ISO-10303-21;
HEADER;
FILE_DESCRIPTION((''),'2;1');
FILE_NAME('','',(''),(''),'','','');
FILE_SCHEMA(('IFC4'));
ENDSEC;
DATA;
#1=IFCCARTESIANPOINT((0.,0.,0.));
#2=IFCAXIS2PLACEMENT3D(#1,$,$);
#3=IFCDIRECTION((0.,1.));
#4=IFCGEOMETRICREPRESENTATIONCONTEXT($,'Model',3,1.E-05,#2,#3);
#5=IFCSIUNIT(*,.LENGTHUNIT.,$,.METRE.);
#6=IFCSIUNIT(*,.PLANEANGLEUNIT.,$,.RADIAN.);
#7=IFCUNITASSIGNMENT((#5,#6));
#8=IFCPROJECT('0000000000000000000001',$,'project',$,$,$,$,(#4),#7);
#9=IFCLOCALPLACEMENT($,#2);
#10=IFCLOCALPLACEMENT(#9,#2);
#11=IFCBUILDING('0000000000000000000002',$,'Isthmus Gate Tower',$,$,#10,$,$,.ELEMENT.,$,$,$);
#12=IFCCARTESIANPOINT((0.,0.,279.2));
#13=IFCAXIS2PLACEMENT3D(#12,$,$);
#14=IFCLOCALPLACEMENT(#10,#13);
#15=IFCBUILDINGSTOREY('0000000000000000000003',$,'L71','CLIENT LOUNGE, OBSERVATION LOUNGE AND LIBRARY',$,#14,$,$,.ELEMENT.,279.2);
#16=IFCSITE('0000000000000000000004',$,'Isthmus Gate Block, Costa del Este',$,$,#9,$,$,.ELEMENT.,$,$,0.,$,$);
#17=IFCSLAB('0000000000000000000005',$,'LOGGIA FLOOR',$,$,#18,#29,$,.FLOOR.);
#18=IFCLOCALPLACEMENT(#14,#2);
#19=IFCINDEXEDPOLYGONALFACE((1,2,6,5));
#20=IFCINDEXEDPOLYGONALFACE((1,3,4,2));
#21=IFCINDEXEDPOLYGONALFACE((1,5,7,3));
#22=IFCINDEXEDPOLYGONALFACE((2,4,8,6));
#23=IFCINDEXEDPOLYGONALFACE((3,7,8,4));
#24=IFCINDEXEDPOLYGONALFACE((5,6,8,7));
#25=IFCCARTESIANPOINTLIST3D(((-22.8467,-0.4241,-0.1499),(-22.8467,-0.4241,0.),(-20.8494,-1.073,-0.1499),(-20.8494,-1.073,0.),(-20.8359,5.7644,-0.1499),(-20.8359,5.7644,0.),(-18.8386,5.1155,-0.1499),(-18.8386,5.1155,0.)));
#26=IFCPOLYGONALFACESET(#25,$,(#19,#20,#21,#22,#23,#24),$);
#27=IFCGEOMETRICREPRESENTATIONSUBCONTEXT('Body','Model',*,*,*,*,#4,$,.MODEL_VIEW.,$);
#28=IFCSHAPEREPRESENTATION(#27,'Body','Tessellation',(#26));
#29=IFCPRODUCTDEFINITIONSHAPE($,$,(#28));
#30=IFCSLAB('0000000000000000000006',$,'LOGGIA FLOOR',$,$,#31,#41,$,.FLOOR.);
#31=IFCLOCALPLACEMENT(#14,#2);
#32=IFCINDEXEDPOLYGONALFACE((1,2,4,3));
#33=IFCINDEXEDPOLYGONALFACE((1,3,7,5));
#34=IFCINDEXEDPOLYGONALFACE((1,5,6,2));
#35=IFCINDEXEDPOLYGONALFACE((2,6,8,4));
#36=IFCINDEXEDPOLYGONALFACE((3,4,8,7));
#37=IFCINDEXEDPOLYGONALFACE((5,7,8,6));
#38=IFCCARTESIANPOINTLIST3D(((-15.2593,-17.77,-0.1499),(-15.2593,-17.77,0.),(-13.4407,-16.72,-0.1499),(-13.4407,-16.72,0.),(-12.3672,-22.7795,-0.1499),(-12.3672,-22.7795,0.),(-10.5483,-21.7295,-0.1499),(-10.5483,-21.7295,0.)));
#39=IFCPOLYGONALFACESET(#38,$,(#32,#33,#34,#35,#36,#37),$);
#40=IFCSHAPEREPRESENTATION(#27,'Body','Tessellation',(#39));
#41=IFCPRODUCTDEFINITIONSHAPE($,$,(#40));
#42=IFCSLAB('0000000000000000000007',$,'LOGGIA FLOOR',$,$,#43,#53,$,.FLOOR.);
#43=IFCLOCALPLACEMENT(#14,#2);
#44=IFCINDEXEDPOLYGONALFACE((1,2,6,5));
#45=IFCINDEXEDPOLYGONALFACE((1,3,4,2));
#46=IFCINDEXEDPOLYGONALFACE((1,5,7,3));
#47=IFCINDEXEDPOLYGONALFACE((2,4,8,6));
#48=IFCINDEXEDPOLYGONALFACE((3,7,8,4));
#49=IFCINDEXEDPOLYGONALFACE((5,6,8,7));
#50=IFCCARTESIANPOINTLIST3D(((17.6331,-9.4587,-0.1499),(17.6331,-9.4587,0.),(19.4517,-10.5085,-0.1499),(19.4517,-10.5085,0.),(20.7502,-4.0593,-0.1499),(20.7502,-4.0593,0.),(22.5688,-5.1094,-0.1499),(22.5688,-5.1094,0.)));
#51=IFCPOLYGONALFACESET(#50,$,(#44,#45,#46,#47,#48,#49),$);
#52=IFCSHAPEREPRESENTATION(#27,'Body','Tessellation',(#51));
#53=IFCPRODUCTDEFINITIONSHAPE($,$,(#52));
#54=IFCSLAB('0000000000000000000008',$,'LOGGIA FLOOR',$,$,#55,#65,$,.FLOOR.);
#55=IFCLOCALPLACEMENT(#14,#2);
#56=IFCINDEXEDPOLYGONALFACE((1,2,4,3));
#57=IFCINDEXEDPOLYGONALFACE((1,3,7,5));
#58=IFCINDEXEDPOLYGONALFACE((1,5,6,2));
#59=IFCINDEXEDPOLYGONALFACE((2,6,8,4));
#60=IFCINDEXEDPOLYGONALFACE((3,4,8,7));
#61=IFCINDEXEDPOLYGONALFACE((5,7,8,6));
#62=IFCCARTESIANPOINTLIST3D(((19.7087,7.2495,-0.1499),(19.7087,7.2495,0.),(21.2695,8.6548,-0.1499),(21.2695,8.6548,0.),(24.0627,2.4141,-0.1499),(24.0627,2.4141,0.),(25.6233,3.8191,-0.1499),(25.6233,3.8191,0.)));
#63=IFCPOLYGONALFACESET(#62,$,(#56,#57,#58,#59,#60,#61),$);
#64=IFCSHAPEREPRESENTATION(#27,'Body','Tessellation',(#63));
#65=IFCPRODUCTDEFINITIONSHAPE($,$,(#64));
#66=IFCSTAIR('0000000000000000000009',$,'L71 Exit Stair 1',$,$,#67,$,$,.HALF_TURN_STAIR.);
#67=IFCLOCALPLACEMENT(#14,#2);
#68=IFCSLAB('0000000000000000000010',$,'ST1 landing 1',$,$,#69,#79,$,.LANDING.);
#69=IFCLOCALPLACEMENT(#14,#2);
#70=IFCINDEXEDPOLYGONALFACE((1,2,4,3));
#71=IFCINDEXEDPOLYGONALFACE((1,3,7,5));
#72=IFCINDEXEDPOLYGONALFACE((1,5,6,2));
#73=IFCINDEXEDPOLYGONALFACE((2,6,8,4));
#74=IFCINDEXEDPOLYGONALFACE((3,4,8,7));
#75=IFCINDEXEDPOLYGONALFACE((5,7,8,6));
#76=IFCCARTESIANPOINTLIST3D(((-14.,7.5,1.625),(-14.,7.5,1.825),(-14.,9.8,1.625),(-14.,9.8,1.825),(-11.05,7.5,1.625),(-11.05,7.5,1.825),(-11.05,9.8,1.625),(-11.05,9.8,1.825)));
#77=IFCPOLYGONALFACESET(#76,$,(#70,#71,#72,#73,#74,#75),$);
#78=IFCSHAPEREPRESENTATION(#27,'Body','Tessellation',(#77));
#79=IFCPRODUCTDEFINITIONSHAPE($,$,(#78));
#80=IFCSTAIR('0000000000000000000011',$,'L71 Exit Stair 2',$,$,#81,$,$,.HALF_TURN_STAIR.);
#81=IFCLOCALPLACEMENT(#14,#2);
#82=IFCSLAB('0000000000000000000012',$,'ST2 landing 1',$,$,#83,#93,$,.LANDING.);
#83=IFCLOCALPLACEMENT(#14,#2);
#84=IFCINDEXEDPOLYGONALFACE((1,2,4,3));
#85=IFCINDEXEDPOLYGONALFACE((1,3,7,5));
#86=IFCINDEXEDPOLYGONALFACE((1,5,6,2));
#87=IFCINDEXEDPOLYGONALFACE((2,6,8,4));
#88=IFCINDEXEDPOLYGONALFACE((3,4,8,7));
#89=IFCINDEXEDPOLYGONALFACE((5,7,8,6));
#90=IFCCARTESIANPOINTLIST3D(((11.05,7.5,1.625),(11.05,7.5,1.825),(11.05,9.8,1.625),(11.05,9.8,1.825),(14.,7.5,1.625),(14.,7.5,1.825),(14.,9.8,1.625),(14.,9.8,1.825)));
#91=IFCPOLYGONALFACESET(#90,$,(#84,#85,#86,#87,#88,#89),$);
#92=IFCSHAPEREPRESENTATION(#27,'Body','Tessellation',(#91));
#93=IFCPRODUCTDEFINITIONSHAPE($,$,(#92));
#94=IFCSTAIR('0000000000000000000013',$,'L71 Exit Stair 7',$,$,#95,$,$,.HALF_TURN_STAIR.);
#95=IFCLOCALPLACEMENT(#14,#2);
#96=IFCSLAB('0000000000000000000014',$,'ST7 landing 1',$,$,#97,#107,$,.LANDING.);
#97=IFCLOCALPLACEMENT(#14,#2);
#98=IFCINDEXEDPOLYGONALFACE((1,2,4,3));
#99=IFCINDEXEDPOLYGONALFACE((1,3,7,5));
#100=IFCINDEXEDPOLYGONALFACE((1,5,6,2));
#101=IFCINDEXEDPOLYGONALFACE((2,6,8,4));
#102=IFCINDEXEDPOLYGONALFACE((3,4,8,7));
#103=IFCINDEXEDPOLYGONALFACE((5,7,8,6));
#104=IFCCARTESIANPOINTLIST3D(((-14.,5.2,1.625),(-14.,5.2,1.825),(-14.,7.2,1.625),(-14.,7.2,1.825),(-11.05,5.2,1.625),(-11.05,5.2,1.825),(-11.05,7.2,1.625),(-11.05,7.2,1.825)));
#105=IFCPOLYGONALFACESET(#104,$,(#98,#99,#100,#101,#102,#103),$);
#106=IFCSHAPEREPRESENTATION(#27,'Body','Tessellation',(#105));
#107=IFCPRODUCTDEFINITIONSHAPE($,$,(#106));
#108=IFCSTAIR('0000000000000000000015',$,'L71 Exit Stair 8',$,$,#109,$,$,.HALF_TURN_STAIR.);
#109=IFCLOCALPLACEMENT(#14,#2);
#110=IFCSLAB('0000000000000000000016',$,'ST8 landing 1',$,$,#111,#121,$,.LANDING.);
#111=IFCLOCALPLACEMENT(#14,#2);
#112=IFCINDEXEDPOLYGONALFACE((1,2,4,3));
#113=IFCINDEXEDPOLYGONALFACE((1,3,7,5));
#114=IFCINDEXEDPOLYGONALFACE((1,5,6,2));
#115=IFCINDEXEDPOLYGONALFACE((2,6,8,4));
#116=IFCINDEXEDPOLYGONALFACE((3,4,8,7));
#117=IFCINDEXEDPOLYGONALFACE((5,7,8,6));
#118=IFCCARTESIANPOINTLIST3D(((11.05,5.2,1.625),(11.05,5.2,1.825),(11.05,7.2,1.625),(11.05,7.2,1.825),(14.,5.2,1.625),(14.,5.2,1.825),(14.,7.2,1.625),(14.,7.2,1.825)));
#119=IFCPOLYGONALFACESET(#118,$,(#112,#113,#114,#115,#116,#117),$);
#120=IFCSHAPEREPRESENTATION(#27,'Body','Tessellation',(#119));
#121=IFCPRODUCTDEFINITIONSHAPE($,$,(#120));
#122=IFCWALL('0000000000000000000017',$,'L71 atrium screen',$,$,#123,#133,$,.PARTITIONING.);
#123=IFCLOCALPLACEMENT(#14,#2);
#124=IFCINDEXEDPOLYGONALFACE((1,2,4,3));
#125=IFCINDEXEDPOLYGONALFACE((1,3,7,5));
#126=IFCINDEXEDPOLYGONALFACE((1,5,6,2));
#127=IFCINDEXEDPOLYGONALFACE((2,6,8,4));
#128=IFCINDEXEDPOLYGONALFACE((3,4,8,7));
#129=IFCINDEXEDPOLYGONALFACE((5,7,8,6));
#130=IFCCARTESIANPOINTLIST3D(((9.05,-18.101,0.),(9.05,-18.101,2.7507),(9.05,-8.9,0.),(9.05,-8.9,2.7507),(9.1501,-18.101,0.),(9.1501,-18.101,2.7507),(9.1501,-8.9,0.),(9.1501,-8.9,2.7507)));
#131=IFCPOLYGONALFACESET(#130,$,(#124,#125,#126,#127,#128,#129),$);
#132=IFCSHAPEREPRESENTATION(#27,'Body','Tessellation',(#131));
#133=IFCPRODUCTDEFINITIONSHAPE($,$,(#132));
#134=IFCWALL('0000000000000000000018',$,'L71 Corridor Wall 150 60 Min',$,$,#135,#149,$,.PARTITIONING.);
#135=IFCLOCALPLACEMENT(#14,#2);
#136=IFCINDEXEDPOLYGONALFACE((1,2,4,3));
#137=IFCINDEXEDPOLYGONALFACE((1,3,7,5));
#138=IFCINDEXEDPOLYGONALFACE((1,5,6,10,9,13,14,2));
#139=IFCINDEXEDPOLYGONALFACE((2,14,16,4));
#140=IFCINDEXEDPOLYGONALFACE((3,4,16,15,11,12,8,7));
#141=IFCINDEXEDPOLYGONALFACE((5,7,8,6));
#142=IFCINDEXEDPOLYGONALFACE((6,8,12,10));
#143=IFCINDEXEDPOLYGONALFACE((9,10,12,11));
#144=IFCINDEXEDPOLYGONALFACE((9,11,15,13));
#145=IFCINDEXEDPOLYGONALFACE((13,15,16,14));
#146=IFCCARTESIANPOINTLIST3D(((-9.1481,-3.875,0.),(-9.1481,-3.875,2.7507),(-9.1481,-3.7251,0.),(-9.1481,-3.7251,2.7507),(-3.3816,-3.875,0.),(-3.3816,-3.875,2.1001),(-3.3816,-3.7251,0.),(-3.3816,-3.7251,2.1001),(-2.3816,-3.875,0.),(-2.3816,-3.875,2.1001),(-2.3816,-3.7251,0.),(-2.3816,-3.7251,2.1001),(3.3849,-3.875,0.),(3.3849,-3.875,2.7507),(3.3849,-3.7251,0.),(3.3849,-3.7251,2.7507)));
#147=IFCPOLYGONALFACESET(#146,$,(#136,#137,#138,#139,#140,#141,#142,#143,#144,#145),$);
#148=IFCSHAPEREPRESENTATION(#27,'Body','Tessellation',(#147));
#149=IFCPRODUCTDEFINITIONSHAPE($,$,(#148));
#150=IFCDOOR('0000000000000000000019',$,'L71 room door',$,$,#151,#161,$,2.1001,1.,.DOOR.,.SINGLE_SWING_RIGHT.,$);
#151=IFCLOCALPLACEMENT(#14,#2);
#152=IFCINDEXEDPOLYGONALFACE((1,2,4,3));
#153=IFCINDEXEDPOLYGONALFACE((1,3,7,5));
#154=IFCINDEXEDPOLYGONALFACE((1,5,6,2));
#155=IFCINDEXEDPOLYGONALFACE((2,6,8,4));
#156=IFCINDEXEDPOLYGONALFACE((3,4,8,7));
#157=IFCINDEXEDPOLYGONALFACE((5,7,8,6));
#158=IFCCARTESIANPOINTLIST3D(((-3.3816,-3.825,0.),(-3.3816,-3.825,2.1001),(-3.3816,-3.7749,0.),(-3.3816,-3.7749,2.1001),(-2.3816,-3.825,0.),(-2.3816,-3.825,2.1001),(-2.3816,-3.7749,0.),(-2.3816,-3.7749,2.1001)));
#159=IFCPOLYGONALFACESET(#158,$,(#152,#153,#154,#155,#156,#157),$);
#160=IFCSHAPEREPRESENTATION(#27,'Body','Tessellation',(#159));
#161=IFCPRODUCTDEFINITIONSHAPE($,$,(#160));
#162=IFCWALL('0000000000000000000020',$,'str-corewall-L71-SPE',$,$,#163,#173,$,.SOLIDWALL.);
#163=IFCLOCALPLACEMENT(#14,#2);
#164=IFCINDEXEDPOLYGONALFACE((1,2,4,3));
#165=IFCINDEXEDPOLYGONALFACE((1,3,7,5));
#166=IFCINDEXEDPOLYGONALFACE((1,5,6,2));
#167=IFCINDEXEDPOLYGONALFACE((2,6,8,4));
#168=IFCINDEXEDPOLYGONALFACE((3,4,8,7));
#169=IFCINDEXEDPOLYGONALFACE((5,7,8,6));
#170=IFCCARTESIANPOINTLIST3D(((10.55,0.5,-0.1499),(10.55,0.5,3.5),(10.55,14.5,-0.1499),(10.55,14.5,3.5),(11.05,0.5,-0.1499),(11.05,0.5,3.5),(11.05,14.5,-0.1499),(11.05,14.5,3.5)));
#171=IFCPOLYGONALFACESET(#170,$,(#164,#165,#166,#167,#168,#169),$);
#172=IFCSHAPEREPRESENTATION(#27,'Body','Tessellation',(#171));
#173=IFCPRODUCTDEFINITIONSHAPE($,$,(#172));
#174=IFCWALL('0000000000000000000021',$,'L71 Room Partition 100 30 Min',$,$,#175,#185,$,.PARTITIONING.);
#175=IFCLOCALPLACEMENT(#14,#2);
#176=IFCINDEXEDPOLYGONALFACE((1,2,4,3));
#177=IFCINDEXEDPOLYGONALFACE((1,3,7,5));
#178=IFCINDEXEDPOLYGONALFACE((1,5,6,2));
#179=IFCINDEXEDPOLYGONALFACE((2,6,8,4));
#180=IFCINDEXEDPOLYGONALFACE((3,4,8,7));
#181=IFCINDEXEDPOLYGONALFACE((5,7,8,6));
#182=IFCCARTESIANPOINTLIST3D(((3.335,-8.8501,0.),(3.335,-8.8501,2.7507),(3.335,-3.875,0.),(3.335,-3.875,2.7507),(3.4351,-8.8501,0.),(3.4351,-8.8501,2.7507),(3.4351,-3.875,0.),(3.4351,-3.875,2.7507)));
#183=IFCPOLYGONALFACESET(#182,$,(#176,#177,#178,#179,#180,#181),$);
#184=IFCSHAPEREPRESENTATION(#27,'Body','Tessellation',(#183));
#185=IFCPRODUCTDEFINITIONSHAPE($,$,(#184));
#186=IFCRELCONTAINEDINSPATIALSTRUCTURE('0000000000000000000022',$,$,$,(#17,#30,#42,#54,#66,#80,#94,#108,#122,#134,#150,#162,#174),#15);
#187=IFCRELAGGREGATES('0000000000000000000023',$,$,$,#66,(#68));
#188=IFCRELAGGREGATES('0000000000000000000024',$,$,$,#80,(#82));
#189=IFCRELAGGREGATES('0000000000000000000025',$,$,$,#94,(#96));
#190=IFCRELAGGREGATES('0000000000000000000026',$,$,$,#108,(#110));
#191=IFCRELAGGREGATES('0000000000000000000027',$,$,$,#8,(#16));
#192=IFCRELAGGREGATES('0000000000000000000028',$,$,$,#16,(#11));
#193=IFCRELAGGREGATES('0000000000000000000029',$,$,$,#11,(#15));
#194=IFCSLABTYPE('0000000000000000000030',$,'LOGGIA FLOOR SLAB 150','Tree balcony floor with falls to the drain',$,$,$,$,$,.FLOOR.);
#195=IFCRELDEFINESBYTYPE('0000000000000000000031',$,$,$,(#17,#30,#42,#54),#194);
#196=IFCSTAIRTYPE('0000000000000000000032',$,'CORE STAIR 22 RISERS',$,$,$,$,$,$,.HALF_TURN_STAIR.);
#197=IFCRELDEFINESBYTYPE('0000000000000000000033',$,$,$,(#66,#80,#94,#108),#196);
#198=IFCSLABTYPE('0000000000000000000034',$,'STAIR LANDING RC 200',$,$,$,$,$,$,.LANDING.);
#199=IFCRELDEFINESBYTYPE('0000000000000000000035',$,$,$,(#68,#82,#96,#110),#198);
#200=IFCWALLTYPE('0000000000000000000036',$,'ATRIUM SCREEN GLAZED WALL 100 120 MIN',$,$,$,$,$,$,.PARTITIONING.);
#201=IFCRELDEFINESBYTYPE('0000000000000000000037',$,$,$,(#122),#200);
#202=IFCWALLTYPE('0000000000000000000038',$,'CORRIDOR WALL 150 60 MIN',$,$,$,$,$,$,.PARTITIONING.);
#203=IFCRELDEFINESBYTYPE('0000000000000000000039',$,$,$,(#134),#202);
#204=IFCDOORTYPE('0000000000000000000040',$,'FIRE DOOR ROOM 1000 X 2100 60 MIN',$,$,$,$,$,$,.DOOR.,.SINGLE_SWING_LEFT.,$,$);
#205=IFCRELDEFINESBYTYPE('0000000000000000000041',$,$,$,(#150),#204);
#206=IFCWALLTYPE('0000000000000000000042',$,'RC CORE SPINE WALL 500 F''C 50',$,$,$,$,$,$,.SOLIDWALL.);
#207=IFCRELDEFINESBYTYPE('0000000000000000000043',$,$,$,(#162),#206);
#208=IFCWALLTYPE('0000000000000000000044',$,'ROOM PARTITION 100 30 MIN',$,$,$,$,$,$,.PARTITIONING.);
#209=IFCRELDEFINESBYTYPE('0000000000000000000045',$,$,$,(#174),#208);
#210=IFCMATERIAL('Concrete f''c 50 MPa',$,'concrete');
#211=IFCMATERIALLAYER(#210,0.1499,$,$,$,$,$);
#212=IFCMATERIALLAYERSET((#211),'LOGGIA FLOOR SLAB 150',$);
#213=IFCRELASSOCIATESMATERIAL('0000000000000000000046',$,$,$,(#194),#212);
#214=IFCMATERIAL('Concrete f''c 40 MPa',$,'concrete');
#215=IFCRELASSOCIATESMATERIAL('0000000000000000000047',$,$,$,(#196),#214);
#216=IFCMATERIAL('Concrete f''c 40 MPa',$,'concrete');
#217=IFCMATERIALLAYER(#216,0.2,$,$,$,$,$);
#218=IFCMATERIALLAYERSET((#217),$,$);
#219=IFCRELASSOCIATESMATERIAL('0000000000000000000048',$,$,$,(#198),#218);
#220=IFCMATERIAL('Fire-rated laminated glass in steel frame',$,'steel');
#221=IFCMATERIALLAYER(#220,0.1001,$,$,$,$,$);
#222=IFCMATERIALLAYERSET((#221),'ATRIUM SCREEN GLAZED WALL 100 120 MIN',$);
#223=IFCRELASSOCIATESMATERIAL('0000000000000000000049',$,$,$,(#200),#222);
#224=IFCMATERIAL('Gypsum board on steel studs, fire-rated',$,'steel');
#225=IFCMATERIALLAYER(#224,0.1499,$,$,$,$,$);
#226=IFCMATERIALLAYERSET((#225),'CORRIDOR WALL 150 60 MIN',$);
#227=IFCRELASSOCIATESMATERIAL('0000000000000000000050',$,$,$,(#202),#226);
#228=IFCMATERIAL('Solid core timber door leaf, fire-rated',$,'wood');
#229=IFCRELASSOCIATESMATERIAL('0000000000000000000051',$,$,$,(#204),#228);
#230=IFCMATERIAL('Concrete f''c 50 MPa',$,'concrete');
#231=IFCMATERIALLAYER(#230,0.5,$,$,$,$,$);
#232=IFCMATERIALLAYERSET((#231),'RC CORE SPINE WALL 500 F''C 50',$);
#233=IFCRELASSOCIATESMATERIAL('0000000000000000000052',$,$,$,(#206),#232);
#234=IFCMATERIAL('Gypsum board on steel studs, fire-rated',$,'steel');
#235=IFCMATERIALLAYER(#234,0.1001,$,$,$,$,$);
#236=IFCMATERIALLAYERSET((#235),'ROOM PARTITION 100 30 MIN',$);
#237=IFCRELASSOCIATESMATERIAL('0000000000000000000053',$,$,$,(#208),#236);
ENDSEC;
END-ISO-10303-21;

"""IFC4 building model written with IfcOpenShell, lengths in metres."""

from ifc_helpers import new_model, si_unit, direction, frame, frame_2d, origin, place, context, subcontext, project, spatial, polyline, rectangle, outline, extrude, material, layer, layer_set, type_object, element, fill, aggregate, save


model = new_model("IFC4")

# Units and contexts
model_context = context("Model", 3, precision=1e-05, world=origin(), true_north=direction((0.0, 1.0)))
body_context = subcontext(model_context, "Body", "Model", "MODEL_VIEW")
ifc_project = project(units=[si_unit("LENGTHUNIT", "METRE"), si_unit("PLANEANGLEUNIT", "RADIAN")], contexts=[model_context])

# Site, building, storey
site_placement = place(None, origin())
site = spatial("IfcSite", under=ifc_project, at=site_placement, Name="Isthmus Gate Block, Costa del Este", CompositionType="ELEMENT", RefElevation=0.0)
building_placement = place(site_placement, origin())
building = spatial("IfcBuilding", under=site, at=building_placement, Name="Isthmus Gate Tower", CompositionType="ELEMENT")
storey_placement = place(building_placement, frame((0.0, 0.0, 279.2)))
storey = spatial("IfcBuildingStorey", under=building, at=storey_placement, Name="L71", Description="CLIENT LOUNGE, OBSERVATION LOUNGE AND LIBRARY", CompositionType="ELEMENT", Elevation=279.2)

# Slabs
ifc_material_1 = material(Name="Concrete f'c 50 MPa", Category="concrete")
ifc_layer_1 = layer(ifc_material_1, 0.1499)
ifc_layer_set_1 = layer_set([ifc_layer_1], Name="LOGGIA FLOOR SLAB 150")
slab_type_1 = type_object("IfcSlabType", Name="LOGGIA FLOOR SLAB 150", Description="Tree balcony floor with falls to the drain", PredefinedType="FLOOR", material=ifc_layer_set_1)
slab_1_placement = place(storey_placement, frame((0.0, 0.0, -0.1499)))
element("IfcSlab", 1, at=slab_1_placement, inside=storey, type_object=slab_type_1, Name="LOGGIA FLOOR", PredefinedType="FLOOR", context=body_context, shape_type="SweptSolid", body=[
    extrude(outline(polyline([(-20.8359, 5.7644), (-22.8467, -0.4241), (-20.8494, -1.073), (-18.8386, 5.1155), (-20.8359, 5.7644)])), origin(), (0.0, 0.0, 1.0), 0.1499),
])
slab_2_placement = place(storey_placement, frame((0.0, 0.0, -0.1499)))
element("IfcSlab", 2, at=slab_2_placement, inside=storey, type_object=slab_type_1, Name="LOGGIA FLOOR", PredefinedType="FLOOR", context=body_context, shape_type="SweptSolid", body=[
    extrude(outline(polyline([(-15.2593, -17.77), (-12.3672, -22.7795), (-10.5483, -21.7295), (-13.4407, -16.72), (-15.2593, -17.77)])), origin(), (0.0, 0.0, 1.0), 0.1499),
])
slab_3_placement = place(storey_placement, frame((0.0, 0.0, -0.1499)))
element("IfcSlab", 3, at=slab_3_placement, inside=storey, type_object=slab_type_1, Name="LOGGIA FLOOR", PredefinedType="FLOOR", context=body_context, shape_type="SweptSolid", body=[
    extrude(outline(polyline([(19.4517, -10.5085), (22.5688, -5.1094), (20.7502, -4.0593), (17.6331, -9.4587), (19.4517, -10.5085)])), origin(), (0.0, 0.0, 1.0), 0.1499),
])
slab_4_placement = place(storey_placement, frame((0.0, 0.0, -0.1499)))
element("IfcSlab", 4, at=slab_4_placement, inside=storey, type_object=slab_type_1, Name="LOGGIA FLOOR", PredefinedType="FLOOR", context=body_context, shape_type="SweptSolid", body=[
    extrude(outline(polyline([(25.6233, 3.8191), (21.2695, 8.6548), (19.7087, 7.2495), (24.0627, 2.4141), (25.6233, 3.8191)])), origin(), (0.0, 0.0, 1.0), 0.1499),
])

# Stairs, slabs
ifc_material_2 = material(Name="Concrete f'c 40 MPa", Category="concrete")
stair_type = type_object("IfcStairType", Name="CORE STAIR 22 RISERS", PredefinedType="HALF_TURN_STAIR", material=ifc_material_2)
stair_1_placement = place(storey_placement, origin())
stair_1 = element("IfcStair", 5, at=stair_1_placement, inside=storey, type_object=stair_type, Name="L71 Exit Stair 1", PredefinedType="HALF_TURN_STAIR")
ifc_material_3 = material(Name="Concrete f'c 40 MPa", Category="concrete")
ifc_layer_2 = layer(ifc_material_3, 0.2)
ifc_layer_set_2 = layer_set([ifc_layer_2])
slab_type_2 = type_object("IfcSlabType", Name="STAIR LANDING RC 200", PredefinedType="LANDING", material=ifc_layer_set_2)
slab_5_placement = place(storey_placement, frame((0.0, 0.0, 1.625)))
slab_5 = element("IfcSlab", 6, at=slab_5_placement, type_object=slab_type_2, Name="ST1 landing 1", PredefinedType="LANDING", context=body_context, shape_type="SweptSolid", body=[
    extrude(outline(polyline([(-14.0, 9.8), (-14.0, 7.5), (-11.05, 7.5), (-11.05, 9.8), (-14.0, 9.8)])), origin(), (0.0, 0.0, 1.0), 0.2),
])
aggregate(stair_1, [slab_5])
stair_2_placement = place(storey_placement, origin())
stair_2 = element("IfcStair", 7, at=stair_2_placement, inside=storey, type_object=stair_type, Name="L71 Exit Stair 2", PredefinedType="HALF_TURN_STAIR")
slab_6_placement = place(storey_placement, frame((0.0, 0.0, 1.625)))
slab_6 = element("IfcSlab", 8, at=slab_6_placement, type_object=slab_type_2, Name="ST2 landing 1", PredefinedType="LANDING", context=body_context, shape_type="SweptSolid", body=[
    extrude(outline(polyline([(11.05, 9.8), (11.05, 7.5), (14.0, 7.5), (14.0, 9.8), (11.05, 9.8)])), origin(), (0.0, 0.0, 1.0), 0.2),
])
aggregate(stair_2, [slab_6])
stair_3_placement = place(storey_placement, origin())
stair_3 = element("IfcStair", 9, at=stair_3_placement, inside=storey, type_object=stair_type, Name="L71 Exit Stair 7", PredefinedType="HALF_TURN_STAIR")
slab_7_placement = place(storey_placement, frame((0.0, 0.0, 1.625)))
slab_7 = element("IfcSlab", 10, at=slab_7_placement, type_object=slab_type_2, Name="ST7 landing 1", PredefinedType="LANDING", context=body_context, shape_type="SweptSolid", body=[
    extrude(outline(polyline([(-11.05, 5.2), (-11.05, 7.2), (-14.0, 7.2), (-14.0, 5.2), (-11.05, 5.2)])), origin(), (0.0, 0.0, 1.0), 0.2),
])
aggregate(stair_3, [slab_7])
stair_4_placement = place(storey_placement, origin())
stair_4 = element("IfcStair", 11, at=stair_4_placement, inside=storey, type_object=stair_type, Name="L71 Exit Stair 8", PredefinedType="HALF_TURN_STAIR")
slab_8_placement = place(storey_placement, frame((0.0, 0.0, 1.625)))
slab_8 = element("IfcSlab", 12, at=slab_8_placement, type_object=slab_type_2, Name="ST8 landing 1", PredefinedType="LANDING", context=body_context, shape_type="SweptSolid", body=[
    extrude(outline(polyline([(14.0, 5.2), (14.0, 7.2), (11.05, 7.2), (11.05, 5.2), (14.0, 5.2)])), origin(), (0.0, 0.0, 1.0), 0.2),
])
aggregate(stair_4, [slab_8])

# Wall
ifc_material_4 = material(Name="Fire-rated laminated glass in steel frame", Category="steel")
ifc_layer_3 = layer(ifc_material_4, 0.1001)
ifc_layer_set_3 = layer_set([ifc_layer_3], Name="ATRIUM SCREEN GLAZED WALL 100 120 MIN")
wall_type_1 = type_object("IfcWallType", Name="ATRIUM SCREEN GLAZED WALL 100 120 MIN", PredefinedType="PARTITIONING", material=ifc_layer_set_3)
wall_1_placement = place(storey_placement, frame((9.1001, -8.8999, 0.0), z_axis=(0.0, 0.0, 1.0), x_axis=(0.0, -1.0, 0.0)))
element("IfcWall", 13, at=wall_1_placement, inside=storey, type_object=wall_type_1, Name="L71 atrium screen", PredefinedType="PARTITIONING", context=body_context, shape_type="SweptSolid", body=[
    extrude(rectangle(XDim=9.2009, YDim=0.1001, at=frame_2d((4.6006, 0.0))), origin(), (0.0, 0.0, 1.0), 2.7507),
])

# Wall, opening, door
ifc_material_5 = material(Name="Gypsum board on steel studs, fire-rated", Category="steel")
ifc_layer_4 = layer(ifc_material_5, 0.1499)
ifc_layer_set_4 = layer_set([ifc_layer_4], Name="CORRIDOR WALL 150 60 MIN")
wall_type_2 = type_object("IfcWallType", Name="CORRIDOR WALL 150 60 MIN", PredefinedType="PARTITIONING", material=ifc_layer_set_4)
wall_2_placement = place(storey_placement, frame((3.385, -3.8, 0.0), z_axis=(0.0, 0.0, 1.0), x_axis=(-1.0, 0.0, 0.0)))
wall_2 = element("IfcWall", 14, at=wall_2_placement, inside=storey, type_object=wall_type_2, Name="L71 Corridor Wall 150 60 Min", PredefinedType="PARTITIONING", context=body_context, shape_type="SweptSolid", body=[
    extrude(rectangle(XDim=12.533, YDim=0.1499, at=frame_2d((6.2666, 0.0))), origin(), (0.0, 0.0, 1.0), 2.7507),
])
opening_placement = place(wall_2_placement, frame((5.7666, 0.0, 0.0)))
opening = element("IfcOpeningElement", 15, at=opening_placement, cuts=wall_2, PredefinedType="OPENING", context=body_context, shape_type="SweptSolid", body=[
    extrude(rectangle(XDim=1.0, YDim=2.1001, at=frame_2d((0.5, 1.05))), frame((0.0, 0.085, 0.0), z_axis=(0.0, -1.0, 0.0), x_axis=(1.0, 0.0, 0.0)), (0.0, 0.0, 1.0), 0.1699),
])
ifc_material_6 = material(Name="Solid core timber door leaf, fire-rated", Category="wood")
door_type = type_object("IfcDoorType", Name="FIRE DOOR ROOM 1000 X 2100 60 MIN", OperationType="SINGLE_SWING_LEFT", PredefinedType="DOOR", material=ifc_material_6)
door_placement = place(opening_placement, origin())
door = element("IfcDoor", 16, at=door_placement, inside=storey, type_object=door_type, Name="L71 room door", OperationType="SINGLE_SWING_RIGHT", OverallHeight=2.1001, OverallWidth=1.0, PredefinedType="DOOR", context=body_context, shape_type="SweptSolid", body=[
    extrude(rectangle(XDim=1.0, YDim=2.1001, at=frame_2d((0.5, 1.05))), frame((0.0, 0.0249, 0.0), z_axis=(0.0, -1.0, 0.0), x_axis=(1.0, 0.0, 0.0)), (0.0, 0.0, 1.0), 0.05),
])
fill(opening, door)

# Walls
ifc_material_7 = material(Name="Concrete f'c 50 MPa", Category="concrete")
ifc_layer_5 = layer(ifc_material_7, 0.5)
ifc_layer_set_5 = layer_set([ifc_layer_5], Name="RC CORE SPINE WALL 500 F'C 50")
wall_type_3 = type_object("IfcWallType", Name="RC CORE SPINE WALL 500 F'C 50", PredefinedType="SOLIDWALL", material=ifc_layer_set_5)
wall_3_placement = place(storey_placement, frame((10.8, 0.5, -0.1499), z_axis=(0.0, 0.0, 1.0), x_axis=(0.0, 1.0, 0.0)))
element("IfcWall", 17, at=wall_3_placement, inside=storey, type_object=wall_type_3, Name="str-corewall-L71-SPE", PredefinedType="SOLIDWALL", context=body_context, shape_type="SweptSolid", body=[
    extrude(rectangle(XDim=14.0, YDim=0.5, at=frame_2d((7.0, 0.0))), origin(), (0.0, 0.0, 1.0), 3.6499),
])
ifc_material_8 = material(Name="Gypsum board on steel studs, fire-rated", Category="steel")
ifc_layer_6 = layer(ifc_material_8, 0.1001)
ifc_layer_set_6 = layer_set([ifc_layer_6], Name="ROOM PARTITION 100 30 MIN")
wall_type_4 = type_object("IfcWallType", Name="ROOM PARTITION 100 30 MIN", PredefinedType="PARTITIONING", material=ifc_layer_set_6)
wall_4_placement = place(storey_placement, frame((3.385, -8.8501, 0.0), z_axis=(0.0, 0.0, 1.0), x_axis=(0.0, 1.0, 0.0)))
element("IfcWall", 18, at=wall_4_placement, inside=storey, type_object=wall_type_4, Name="L71 Room Partition 100 30 Min", PredefinedType="PARTITIONING", context=body_context, shape_type="SweptSolid", body=[
    extrude(rectangle(XDim=4.9751, YDim=0.1001, at=frame_2d((2.4875, 0.0))), origin(), (0.0, 0.0, 1.0), 2.7507),
])

save(model, "model.ifc")
